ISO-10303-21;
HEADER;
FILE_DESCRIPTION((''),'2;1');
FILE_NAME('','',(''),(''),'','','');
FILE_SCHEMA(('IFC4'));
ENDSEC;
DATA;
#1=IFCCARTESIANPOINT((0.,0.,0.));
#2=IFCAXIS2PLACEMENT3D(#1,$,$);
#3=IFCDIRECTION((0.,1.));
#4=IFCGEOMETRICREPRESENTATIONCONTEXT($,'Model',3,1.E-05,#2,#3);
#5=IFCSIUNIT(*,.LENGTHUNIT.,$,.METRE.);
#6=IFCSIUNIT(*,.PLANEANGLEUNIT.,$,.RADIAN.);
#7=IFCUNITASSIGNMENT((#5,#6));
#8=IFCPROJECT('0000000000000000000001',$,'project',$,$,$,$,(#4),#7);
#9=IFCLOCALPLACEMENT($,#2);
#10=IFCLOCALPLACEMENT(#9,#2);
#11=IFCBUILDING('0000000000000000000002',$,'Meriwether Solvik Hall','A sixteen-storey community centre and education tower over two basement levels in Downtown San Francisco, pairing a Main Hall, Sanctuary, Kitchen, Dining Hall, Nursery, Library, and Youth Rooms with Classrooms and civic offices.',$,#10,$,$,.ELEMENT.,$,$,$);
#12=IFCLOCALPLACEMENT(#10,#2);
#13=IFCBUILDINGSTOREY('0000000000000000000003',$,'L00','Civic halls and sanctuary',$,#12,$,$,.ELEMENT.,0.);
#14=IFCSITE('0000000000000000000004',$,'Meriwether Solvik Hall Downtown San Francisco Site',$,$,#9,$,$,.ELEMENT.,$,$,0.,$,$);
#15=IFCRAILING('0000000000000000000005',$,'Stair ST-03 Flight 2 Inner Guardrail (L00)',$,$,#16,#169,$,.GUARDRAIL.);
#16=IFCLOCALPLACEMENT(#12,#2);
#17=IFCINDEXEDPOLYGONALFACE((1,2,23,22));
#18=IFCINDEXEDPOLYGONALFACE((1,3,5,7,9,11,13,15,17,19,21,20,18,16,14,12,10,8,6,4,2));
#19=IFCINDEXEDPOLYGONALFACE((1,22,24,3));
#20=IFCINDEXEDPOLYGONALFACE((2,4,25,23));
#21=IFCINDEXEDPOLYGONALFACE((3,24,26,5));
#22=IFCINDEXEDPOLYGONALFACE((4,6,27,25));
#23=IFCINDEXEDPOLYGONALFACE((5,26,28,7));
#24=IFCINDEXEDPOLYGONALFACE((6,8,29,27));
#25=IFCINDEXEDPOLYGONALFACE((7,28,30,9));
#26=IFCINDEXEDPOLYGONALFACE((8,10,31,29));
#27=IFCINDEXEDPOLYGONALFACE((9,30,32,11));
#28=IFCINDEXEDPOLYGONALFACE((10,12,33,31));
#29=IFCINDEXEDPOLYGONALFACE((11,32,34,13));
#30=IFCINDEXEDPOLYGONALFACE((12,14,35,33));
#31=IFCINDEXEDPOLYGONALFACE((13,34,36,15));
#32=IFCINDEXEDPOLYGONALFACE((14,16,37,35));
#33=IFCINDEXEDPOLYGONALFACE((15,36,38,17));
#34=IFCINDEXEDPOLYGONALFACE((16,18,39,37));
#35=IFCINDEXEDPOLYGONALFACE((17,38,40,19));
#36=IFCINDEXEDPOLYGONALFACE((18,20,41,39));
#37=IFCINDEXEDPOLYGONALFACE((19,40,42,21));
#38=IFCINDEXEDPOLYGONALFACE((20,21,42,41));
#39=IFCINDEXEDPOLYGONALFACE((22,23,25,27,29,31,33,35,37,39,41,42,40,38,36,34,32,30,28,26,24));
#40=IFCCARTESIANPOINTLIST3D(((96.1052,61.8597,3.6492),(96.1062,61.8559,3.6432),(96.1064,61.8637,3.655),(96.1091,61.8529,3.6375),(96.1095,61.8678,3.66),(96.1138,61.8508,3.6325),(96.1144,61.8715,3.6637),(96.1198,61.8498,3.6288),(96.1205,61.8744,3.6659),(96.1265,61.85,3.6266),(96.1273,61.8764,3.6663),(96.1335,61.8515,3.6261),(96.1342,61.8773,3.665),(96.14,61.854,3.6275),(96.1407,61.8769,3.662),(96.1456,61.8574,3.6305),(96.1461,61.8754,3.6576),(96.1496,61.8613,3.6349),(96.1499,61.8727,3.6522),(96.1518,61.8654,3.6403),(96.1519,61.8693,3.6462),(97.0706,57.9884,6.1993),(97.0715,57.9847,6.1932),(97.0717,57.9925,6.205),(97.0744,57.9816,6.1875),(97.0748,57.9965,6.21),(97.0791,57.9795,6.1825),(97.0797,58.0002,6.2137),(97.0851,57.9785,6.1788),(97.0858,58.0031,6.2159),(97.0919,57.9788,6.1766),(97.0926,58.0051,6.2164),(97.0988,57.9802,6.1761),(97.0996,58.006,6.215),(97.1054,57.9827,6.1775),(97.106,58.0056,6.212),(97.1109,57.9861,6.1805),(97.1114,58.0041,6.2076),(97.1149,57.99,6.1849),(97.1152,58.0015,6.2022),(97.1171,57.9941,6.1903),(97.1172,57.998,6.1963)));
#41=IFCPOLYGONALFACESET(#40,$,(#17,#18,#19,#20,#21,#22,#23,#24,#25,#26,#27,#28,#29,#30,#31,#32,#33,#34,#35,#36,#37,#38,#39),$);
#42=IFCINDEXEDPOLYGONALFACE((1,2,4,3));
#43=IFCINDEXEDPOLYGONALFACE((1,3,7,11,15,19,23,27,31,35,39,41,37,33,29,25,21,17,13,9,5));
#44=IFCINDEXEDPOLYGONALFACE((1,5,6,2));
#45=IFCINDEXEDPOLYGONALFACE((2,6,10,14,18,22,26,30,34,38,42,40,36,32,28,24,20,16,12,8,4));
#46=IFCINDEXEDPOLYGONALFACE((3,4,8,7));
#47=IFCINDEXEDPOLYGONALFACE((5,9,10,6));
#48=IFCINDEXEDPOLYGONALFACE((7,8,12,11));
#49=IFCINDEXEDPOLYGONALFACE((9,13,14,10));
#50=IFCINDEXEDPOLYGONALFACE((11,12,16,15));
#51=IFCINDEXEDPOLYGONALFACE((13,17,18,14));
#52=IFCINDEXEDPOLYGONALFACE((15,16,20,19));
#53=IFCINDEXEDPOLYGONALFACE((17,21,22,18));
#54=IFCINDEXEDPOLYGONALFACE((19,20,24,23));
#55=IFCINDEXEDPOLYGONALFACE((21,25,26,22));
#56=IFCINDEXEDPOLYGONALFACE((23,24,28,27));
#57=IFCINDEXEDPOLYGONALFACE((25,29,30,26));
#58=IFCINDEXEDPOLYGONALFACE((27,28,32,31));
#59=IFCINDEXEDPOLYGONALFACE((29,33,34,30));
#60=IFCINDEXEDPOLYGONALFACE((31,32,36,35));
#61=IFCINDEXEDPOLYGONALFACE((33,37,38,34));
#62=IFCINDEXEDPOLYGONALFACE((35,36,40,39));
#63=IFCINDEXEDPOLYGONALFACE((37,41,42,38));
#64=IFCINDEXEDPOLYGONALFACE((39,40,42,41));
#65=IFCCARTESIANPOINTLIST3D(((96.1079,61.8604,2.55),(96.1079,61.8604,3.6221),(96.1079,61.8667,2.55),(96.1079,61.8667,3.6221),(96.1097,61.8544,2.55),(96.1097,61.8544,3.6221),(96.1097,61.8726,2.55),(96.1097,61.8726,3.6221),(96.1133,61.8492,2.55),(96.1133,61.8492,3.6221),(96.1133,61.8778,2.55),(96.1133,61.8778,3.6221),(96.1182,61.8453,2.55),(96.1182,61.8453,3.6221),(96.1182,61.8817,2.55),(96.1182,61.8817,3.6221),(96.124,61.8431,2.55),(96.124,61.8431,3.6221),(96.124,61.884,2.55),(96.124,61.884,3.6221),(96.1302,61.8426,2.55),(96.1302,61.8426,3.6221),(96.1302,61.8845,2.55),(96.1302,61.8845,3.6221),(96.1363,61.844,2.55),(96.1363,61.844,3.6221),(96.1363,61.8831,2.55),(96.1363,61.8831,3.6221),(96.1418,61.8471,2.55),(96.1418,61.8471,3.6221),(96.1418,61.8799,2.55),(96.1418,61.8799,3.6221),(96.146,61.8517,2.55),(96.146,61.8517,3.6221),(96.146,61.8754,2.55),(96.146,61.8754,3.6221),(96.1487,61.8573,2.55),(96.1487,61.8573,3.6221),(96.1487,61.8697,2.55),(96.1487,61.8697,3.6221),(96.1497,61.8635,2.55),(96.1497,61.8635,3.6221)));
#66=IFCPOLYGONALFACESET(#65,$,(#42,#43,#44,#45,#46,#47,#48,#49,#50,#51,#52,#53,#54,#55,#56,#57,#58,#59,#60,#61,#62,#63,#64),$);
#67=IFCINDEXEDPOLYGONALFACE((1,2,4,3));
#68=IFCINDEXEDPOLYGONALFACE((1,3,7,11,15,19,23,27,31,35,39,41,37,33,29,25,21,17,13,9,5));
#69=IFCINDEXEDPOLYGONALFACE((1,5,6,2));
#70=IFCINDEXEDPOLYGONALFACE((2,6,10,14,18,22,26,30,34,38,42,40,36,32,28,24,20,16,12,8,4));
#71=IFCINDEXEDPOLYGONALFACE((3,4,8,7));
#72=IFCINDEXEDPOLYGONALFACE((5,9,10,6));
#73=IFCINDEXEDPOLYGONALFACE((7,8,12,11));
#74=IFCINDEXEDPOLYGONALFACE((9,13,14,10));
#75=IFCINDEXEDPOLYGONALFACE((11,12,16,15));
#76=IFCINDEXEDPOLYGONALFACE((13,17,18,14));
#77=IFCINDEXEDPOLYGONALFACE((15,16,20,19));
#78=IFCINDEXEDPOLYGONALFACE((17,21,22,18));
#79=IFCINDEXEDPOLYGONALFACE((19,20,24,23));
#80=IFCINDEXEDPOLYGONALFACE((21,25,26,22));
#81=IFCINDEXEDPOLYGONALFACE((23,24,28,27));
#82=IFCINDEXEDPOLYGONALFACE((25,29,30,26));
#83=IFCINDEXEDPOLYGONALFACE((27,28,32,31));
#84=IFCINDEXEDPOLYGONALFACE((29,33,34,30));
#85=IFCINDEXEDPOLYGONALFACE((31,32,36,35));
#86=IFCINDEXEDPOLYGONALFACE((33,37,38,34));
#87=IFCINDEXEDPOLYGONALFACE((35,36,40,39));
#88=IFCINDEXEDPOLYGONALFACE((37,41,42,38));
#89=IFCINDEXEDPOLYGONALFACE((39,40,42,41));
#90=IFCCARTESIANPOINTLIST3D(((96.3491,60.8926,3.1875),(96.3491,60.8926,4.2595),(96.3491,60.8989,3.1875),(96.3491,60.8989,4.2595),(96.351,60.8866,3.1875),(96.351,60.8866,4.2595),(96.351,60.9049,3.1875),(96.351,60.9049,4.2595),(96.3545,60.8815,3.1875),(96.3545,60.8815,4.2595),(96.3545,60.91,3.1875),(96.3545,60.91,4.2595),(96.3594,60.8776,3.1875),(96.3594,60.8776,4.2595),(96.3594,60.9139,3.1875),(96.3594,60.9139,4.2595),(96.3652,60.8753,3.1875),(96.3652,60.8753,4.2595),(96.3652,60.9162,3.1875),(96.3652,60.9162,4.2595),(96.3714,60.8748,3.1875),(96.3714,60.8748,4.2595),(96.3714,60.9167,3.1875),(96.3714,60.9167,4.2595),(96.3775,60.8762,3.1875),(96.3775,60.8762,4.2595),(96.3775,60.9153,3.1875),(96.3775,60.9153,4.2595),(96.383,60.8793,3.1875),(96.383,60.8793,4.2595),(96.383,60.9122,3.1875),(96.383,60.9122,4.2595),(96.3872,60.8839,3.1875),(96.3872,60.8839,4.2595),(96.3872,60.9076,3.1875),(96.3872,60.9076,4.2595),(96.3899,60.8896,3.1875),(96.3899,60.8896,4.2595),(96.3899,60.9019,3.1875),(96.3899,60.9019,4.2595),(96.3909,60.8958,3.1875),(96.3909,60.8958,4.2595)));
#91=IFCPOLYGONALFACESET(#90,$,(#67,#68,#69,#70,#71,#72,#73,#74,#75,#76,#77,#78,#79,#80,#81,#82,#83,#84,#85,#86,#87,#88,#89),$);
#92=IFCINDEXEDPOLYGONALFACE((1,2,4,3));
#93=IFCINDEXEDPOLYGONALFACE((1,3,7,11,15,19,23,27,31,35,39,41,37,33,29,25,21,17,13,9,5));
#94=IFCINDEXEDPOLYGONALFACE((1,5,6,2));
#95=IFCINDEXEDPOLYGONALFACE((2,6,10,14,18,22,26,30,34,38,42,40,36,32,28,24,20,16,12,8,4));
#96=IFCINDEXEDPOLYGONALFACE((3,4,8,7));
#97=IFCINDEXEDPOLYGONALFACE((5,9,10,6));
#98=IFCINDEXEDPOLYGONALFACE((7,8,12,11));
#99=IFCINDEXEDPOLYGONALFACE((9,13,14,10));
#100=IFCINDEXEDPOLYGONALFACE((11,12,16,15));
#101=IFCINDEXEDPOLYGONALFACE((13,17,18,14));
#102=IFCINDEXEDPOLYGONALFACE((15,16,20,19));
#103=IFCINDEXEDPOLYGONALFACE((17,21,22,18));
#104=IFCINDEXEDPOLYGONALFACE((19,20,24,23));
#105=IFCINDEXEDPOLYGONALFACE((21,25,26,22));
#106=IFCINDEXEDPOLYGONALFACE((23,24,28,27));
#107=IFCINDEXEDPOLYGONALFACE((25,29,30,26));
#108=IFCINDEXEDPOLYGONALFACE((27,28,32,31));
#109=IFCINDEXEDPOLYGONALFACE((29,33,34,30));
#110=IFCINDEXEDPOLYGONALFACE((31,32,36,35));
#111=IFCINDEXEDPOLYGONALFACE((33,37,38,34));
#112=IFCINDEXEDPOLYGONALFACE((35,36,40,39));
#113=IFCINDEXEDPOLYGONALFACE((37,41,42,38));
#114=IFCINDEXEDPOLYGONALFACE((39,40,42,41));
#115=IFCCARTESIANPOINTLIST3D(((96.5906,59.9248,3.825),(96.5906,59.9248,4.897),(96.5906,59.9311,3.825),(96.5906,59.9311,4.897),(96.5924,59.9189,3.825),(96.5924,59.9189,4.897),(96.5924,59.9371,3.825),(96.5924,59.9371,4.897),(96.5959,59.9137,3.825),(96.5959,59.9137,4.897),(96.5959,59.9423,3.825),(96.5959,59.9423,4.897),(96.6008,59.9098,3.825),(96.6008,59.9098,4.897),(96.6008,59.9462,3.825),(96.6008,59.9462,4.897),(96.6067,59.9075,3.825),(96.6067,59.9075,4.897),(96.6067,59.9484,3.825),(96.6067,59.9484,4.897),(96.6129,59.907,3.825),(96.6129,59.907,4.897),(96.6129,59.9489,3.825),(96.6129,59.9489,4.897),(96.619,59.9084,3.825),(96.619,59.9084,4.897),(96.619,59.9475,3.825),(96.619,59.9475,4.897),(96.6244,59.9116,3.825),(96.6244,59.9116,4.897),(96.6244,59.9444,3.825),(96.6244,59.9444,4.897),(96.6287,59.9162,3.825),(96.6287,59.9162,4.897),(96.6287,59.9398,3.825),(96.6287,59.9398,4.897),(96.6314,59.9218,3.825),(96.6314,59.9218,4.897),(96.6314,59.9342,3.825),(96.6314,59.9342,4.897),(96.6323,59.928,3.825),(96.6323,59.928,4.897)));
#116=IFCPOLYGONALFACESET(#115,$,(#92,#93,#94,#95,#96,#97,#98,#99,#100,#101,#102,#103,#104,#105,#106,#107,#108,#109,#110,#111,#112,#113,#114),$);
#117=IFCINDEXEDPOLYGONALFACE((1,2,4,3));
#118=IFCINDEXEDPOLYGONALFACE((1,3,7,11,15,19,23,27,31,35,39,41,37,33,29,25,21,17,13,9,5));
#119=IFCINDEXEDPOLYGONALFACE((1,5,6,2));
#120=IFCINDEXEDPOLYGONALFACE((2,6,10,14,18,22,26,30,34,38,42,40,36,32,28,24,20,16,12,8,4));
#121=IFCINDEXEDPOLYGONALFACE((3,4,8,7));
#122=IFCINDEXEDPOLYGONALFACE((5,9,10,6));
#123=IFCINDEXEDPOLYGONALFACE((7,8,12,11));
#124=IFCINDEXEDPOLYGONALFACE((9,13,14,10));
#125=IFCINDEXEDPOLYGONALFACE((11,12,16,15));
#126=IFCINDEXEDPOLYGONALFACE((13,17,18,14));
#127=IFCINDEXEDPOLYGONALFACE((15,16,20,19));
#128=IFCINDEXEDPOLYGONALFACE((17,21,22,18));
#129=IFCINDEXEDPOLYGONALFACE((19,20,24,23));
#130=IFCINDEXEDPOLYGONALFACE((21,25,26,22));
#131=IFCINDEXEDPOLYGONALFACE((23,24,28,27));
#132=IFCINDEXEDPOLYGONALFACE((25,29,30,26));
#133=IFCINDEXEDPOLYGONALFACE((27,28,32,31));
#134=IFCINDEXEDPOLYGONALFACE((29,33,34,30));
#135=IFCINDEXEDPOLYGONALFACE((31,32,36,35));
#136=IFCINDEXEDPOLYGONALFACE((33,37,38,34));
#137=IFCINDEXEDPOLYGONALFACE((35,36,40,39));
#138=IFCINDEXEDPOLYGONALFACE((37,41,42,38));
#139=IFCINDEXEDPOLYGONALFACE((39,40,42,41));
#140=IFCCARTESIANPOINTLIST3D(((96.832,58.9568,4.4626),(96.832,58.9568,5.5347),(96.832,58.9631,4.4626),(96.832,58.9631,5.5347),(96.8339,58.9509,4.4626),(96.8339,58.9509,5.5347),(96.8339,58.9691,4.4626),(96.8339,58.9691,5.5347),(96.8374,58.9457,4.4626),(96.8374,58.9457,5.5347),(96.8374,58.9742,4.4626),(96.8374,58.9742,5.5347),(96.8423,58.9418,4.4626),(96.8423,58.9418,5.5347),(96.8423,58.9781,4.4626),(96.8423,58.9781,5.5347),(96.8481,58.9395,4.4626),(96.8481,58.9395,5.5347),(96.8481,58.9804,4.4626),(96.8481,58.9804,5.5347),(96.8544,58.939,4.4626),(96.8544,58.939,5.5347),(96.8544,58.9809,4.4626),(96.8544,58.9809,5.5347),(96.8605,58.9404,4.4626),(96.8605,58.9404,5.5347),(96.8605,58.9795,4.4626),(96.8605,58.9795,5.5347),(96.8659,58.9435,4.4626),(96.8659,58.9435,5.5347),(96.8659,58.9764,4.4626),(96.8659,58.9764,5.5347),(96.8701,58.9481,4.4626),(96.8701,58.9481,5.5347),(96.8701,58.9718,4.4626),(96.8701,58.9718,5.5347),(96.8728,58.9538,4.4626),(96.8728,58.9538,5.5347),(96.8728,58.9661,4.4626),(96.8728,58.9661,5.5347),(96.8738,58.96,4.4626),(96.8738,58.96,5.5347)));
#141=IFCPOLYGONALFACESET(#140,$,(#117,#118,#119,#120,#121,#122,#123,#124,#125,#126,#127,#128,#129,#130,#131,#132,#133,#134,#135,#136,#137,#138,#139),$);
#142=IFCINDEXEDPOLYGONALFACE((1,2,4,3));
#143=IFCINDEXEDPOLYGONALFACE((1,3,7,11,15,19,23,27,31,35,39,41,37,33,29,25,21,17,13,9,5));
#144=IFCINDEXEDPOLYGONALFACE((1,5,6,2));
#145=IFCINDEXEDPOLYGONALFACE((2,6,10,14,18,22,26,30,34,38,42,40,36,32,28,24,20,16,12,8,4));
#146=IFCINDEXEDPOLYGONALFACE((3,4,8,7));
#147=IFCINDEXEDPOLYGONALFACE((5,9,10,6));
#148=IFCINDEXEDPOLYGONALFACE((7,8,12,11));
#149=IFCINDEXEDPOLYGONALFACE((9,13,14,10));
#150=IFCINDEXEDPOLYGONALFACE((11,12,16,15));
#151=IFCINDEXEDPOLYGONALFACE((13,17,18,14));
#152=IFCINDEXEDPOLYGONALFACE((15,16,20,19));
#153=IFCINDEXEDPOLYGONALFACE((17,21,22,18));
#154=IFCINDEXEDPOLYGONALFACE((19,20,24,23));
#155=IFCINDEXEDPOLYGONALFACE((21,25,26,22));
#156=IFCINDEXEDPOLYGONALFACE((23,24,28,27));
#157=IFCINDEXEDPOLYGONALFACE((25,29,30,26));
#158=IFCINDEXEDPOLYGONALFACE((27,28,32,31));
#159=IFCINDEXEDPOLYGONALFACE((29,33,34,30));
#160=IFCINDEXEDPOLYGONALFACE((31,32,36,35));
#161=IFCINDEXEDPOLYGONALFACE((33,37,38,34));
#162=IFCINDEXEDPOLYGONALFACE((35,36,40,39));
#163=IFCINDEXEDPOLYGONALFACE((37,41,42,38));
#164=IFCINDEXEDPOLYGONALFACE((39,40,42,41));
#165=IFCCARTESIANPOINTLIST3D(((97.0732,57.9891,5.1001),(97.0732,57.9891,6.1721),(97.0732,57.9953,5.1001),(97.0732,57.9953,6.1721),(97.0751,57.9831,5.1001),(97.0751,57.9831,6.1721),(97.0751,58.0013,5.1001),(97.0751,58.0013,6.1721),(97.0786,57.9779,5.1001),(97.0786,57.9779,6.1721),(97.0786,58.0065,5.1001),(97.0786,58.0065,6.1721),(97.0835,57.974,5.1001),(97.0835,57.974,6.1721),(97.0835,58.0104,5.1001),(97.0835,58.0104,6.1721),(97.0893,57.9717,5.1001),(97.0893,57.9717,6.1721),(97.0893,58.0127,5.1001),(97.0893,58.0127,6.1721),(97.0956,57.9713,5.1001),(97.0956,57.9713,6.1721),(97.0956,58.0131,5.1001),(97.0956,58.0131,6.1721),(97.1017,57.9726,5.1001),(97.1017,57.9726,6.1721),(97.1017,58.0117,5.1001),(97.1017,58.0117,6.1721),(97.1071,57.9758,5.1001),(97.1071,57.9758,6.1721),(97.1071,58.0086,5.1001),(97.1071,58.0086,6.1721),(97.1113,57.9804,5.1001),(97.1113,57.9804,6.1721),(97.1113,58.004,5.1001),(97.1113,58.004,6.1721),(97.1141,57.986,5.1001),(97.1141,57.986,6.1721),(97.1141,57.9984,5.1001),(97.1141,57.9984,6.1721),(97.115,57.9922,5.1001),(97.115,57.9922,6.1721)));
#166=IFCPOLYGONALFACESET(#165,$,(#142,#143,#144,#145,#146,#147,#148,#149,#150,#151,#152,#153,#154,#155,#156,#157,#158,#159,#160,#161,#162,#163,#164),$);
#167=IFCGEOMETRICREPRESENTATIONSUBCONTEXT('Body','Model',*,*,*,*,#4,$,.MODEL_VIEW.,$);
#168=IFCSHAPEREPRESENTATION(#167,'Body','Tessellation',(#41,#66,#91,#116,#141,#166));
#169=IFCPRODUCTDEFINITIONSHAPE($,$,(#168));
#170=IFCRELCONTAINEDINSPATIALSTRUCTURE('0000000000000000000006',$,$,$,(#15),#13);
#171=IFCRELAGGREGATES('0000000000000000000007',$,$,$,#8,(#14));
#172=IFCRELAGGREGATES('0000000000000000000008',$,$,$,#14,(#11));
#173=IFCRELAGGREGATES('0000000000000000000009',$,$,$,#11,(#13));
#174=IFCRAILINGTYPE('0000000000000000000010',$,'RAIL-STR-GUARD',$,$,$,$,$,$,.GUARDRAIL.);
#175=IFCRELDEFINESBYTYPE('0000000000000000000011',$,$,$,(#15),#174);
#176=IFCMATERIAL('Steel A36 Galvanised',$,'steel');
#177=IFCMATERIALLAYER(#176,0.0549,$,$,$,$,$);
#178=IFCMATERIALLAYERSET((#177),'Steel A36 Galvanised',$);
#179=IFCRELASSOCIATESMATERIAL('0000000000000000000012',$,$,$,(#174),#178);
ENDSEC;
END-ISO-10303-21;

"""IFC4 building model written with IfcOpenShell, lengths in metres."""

from ifc_helpers import new_model, si_unit, direction, frame, origin, origin_2d, place, context, subcontext, project, spatial, circle, extrude, material, layer, layer_set, type_object, element, save


model = new_model("IFC4")

# Units and contexts
model_context = context("Model", 3, precision=1e-05, world=origin(), true_north=direction((0.0, 1.0)))
body_context = subcontext(model_context, "Body", "Model", "MODEL_VIEW")
ifc_project = project(units=[si_unit("LENGTHUNIT", "METRE"), si_unit("PLANEANGLEUNIT", "RADIAN")], contexts=[model_context])

# Site, building, storey
site_placement = place(None, origin())
site = spatial("IfcSite", under=ifc_project, at=site_placement, Name="Meriwether Solvik Hall Downtown San Francisco Site", CompositionType="ELEMENT", RefElevation=0.0)
building_placement = place(site_placement, origin())
building = spatial("IfcBuilding", under=site, at=building_placement, Name="Meriwether Solvik Hall", Description="A sixteen-storey community centre and education tower over two basement levels in Downtown San Francisco, pairing a Main Hall, Sanctuary, Kitchen, Dining Hall, Nursery, Library, and Youth Rooms with Classrooms and civic offices.", CompositionType="ELEMENT")
storey_placement = place(building_placement, origin())
storey = spatial("IfcBuildingStorey", under=building, at=storey_placement, Name="L00", Description="Civic halls and sanctuary", CompositionType="ELEMENT", Elevation=0.0)

# Railing
ifc_material_1 = material(Name="Steel A36 Galvanised", Category="steel")
ifc_layer_1 = layer(ifc_material_1, 0.0549)
ifc_layer_set_1 = layer_set([ifc_layer_1], Name="Steel A36 Galvanised")
railing_type_1 = type_object("IfcRailingType", Name="RAIL-STR-GUARD", PredefinedType="GUARDRAIL", material=ifc_layer_set_1)
railing_1_placement = place(storey_placement, frame((96.1287, 61.8635, 2.55)))
element("IfcRailing", 1, at=railing_1_placement, inside=storey, type_object=railing_type_1, Name="Stair ST-03 Flight 2 Inner Guardrail (L00)", PredefinedType="GUARDRAIL", context=body_context, shape_type="SweptSolid", body=[
    extrude(circle(Radius=0.0239, at=origin_2d()), frame((0.0, 0.0, 1.0962), z_axis=(0.203864, -0.81757, 0.538533), x_axis=(0.97029, 0.241945, 0.0)), (0.0, 0.0, 1.0), 4.7351),
    extrude(circle(Radius=0.021, at=origin_2d()), origin(), (0.0, 0.0, 1.0), 1.072),
    extrude(circle(Radius=0.021, at=origin_2d()), frame((0.2412, -0.9678, 0.6375)), (0.0, 0.0, 1.0), 1.072),
    extrude(circle(Radius=0.021, at=origin_2d()), frame((0.4827, -1.9355, 1.2749)), (0.0, 0.0, 1.0), 1.072),
    extrude(circle(Radius=0.021, at=origin_2d()), frame((0.7241, -2.9036, 1.9126)), (0.0, 0.0, 1.0), 1.072),
    extrude(circle(Radius=0.021, at=origin_2d()), frame((0.9653, -3.8713, 2.55)), (0.0, 0.0, 1.0), 1.072),
])

save(model, "model.ifc")
